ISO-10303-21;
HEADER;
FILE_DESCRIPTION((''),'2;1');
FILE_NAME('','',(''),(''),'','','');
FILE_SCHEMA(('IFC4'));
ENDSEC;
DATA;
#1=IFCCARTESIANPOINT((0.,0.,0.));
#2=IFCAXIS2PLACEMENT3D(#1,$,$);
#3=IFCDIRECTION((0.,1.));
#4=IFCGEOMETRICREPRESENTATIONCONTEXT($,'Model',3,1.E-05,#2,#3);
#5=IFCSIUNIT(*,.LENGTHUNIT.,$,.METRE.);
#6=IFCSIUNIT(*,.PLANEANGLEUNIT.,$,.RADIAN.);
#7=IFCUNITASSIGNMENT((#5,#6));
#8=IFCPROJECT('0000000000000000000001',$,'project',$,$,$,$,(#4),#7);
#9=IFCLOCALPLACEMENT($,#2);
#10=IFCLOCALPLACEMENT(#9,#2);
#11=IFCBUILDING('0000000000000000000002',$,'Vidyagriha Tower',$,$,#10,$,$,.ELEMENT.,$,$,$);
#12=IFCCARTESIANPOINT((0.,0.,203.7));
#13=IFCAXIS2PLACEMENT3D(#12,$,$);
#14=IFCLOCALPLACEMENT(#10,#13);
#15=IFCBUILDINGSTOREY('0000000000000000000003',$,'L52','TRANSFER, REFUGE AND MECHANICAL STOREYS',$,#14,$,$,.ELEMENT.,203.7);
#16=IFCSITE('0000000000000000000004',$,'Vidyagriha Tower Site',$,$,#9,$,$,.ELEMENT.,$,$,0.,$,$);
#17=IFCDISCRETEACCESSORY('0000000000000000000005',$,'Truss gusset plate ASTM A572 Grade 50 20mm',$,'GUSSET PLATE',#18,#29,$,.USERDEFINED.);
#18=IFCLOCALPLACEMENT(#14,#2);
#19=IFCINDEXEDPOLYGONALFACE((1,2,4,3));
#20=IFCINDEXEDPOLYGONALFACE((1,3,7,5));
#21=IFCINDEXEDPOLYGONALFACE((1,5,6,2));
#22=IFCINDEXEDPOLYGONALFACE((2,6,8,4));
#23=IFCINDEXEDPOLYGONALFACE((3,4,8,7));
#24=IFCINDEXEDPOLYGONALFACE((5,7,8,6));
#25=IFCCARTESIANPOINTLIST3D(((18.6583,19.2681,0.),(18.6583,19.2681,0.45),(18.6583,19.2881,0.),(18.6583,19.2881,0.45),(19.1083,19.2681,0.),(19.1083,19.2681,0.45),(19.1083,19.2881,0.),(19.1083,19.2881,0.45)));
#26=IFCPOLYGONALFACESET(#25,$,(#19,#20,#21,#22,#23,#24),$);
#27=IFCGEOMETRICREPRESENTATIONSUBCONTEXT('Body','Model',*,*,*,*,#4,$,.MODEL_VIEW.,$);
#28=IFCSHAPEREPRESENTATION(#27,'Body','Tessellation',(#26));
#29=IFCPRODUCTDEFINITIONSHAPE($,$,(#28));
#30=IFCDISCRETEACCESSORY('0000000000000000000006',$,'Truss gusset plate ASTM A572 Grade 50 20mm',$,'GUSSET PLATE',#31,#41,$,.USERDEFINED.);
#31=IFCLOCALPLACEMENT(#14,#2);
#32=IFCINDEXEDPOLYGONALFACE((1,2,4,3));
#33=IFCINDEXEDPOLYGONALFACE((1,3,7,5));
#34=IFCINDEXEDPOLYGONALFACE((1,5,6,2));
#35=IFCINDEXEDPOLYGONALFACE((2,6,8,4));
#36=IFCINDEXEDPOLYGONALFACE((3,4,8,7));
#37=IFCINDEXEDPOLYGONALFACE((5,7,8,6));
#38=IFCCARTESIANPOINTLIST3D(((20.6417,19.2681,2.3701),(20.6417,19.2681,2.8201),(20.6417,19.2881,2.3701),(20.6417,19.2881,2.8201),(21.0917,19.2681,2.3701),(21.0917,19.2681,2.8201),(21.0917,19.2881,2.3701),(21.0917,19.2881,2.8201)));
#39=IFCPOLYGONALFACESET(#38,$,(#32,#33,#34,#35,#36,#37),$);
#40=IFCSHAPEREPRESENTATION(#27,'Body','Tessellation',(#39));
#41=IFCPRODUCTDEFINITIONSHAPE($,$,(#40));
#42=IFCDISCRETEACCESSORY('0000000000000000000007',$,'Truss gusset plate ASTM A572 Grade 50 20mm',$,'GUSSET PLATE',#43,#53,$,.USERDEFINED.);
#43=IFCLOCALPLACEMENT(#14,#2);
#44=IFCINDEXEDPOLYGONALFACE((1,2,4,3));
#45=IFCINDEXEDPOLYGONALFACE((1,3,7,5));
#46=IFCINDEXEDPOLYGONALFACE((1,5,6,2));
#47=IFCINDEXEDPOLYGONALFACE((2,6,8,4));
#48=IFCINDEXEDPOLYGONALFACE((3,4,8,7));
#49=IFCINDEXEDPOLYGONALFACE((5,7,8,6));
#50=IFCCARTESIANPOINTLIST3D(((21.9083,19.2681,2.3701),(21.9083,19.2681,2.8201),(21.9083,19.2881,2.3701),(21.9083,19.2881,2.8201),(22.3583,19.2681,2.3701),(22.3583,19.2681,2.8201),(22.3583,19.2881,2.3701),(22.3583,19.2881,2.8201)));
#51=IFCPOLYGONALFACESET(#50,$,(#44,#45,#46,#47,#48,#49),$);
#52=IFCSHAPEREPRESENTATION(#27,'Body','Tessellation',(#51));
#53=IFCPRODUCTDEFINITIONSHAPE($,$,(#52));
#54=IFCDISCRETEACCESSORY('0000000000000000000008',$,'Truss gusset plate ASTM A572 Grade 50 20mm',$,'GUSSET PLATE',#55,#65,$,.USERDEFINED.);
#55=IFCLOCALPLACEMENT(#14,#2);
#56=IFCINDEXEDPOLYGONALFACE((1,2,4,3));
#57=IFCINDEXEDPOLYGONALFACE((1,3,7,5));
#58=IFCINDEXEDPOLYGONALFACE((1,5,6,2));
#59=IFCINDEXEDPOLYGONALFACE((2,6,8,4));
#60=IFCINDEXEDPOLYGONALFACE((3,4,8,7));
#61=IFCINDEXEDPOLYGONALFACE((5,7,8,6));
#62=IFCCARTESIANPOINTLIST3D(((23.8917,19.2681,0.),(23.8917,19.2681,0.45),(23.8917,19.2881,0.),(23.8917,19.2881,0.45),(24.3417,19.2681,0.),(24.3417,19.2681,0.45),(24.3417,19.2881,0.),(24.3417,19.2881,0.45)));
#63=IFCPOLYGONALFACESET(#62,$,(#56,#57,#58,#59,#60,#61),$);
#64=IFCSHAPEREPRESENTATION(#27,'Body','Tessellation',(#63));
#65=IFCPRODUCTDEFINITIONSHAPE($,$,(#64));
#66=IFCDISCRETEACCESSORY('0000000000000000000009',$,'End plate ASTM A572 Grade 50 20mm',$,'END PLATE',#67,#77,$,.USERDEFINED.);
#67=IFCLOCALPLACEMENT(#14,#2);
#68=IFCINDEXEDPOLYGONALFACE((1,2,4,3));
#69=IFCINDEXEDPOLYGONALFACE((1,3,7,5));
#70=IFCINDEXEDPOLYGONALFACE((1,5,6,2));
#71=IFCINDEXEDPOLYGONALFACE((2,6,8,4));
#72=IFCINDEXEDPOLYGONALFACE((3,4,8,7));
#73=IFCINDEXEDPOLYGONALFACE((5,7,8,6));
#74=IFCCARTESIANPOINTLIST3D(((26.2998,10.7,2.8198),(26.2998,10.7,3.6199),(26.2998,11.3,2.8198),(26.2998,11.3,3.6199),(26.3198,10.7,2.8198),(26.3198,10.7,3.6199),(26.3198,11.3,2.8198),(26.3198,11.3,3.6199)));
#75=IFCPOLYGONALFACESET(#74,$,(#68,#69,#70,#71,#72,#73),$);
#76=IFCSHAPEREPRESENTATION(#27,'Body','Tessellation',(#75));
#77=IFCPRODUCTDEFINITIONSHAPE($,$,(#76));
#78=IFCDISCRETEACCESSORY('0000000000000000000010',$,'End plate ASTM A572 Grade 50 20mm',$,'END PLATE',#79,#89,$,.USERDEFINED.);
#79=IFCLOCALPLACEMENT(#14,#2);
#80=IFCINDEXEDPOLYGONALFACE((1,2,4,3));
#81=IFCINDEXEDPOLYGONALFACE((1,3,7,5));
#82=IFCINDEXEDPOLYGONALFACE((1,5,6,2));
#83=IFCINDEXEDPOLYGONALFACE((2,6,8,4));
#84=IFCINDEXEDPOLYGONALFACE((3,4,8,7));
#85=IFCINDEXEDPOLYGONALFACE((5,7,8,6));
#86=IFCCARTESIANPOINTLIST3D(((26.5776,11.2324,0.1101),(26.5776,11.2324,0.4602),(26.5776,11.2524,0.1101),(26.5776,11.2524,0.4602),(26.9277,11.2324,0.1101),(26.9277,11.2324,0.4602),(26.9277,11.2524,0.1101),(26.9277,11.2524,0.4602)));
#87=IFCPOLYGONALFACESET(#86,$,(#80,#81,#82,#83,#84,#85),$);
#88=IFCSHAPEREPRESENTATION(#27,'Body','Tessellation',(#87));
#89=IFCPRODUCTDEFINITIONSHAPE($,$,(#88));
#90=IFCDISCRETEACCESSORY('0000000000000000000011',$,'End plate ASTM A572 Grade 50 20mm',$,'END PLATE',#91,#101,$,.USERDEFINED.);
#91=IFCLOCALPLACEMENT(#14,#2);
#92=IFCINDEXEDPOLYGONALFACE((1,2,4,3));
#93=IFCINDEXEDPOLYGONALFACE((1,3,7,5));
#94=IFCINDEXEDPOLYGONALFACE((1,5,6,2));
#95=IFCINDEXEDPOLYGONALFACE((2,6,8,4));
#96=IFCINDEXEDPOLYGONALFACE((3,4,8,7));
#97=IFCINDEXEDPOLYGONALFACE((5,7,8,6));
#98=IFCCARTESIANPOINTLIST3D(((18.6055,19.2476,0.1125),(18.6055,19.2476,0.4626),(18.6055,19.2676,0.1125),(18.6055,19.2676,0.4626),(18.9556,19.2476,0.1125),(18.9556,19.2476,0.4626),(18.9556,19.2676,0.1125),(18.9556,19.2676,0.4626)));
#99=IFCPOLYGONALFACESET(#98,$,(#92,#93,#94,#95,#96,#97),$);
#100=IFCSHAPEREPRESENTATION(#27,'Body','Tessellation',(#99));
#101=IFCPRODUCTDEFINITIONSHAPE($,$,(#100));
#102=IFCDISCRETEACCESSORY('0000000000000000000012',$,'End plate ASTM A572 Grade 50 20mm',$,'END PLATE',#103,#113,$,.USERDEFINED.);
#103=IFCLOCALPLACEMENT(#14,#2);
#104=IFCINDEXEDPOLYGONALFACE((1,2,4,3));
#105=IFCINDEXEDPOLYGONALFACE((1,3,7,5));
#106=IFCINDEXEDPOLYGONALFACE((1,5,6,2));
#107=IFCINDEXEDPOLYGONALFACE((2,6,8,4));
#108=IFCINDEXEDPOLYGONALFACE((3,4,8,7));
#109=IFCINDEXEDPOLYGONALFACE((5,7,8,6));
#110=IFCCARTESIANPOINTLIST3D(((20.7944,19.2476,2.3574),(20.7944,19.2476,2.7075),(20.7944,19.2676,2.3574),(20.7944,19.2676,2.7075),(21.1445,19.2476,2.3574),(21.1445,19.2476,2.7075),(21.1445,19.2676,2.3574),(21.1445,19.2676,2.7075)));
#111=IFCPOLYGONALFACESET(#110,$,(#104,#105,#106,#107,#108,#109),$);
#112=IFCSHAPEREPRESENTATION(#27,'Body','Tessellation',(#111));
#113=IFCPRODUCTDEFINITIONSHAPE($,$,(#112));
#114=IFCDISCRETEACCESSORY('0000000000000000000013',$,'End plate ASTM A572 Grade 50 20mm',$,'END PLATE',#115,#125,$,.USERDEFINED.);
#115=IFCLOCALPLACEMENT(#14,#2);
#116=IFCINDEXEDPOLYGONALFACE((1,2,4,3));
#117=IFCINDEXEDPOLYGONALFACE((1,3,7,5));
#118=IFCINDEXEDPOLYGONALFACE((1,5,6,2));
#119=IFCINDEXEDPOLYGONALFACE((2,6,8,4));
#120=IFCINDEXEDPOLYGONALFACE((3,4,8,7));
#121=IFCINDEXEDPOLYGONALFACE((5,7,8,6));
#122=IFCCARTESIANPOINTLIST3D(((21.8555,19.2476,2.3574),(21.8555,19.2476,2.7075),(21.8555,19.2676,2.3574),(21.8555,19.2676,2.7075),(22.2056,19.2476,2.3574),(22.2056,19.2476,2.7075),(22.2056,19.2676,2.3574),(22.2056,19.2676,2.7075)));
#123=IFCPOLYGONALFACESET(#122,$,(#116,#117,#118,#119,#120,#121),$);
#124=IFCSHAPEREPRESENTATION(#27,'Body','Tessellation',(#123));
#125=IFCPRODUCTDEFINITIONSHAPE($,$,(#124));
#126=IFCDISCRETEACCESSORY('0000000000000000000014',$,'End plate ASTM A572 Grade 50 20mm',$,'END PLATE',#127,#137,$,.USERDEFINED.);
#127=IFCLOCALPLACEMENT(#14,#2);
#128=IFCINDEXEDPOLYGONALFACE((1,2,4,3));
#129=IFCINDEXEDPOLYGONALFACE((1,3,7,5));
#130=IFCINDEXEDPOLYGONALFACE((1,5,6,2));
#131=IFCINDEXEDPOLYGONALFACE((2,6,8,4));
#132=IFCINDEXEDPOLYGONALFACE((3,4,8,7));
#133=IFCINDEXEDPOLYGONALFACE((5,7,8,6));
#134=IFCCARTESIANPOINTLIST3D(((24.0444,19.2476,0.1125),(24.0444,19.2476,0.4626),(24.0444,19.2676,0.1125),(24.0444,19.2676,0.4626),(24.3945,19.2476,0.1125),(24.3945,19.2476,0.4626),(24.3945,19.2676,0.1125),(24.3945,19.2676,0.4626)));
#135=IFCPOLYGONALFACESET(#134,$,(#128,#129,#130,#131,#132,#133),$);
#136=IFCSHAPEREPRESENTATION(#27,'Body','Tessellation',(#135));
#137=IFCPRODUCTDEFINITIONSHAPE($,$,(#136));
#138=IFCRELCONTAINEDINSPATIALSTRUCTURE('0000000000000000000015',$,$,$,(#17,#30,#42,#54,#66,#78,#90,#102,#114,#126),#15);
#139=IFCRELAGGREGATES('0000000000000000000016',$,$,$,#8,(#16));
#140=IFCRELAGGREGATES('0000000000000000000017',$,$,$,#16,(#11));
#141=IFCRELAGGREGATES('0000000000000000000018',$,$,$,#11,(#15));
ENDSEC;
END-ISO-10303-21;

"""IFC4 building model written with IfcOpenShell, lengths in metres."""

from ifc_helpers import new_model, si_unit, direction, frame, origin, origin_2d, place, context, subcontext, project, spatial, rectangle, extrude, element, save


model = new_model("IFC4")

# Units and contexts
model_context = context("Model", 3, precision=1e-05, world=origin(), true_north=direction((0.0, 1.0)))
body_context = subcontext(model_context, "Body", "Model", "MODEL_VIEW")
ifc_project = project(units=[si_unit("LENGTHUNIT", "METRE"), si_unit("PLANEANGLEUNIT", "RADIAN")], contexts=[model_context])

# Site, building, storey
site_placement = place(None, origin())
site = spatial("IfcSite", under=ifc_project, at=site_placement, Name="Vidyagriha Tower Site", CompositionType="ELEMENT", RefElevation=0.0)
building_placement = place(site_placement, origin())
building = spatial("IfcBuilding", under=site, at=building_placement, Name="Vidyagriha Tower", CompositionType="ELEMENT")
storey_placement = place(building_placement, frame((0.0, 0.0, 203.7)))
storey = spatial("IfcBuildingStorey", under=building, at=storey_placement, Name="L52", Description="TRANSFER, REFUGE AND MECHANICAL STOREYS", CompositionType="ELEMENT", Elevation=203.7)

# Discrete accessories
for number, where, name in (
    (1, (18.8833, 19.2781, 0.0), "Truss gusset plate ASTM A572 Grade 50 20mm"),
    (2, (20.8667, 19.2781, 2.3701), "Truss gusset plate ASTM A572 Grade 50 20mm"),
    (3, (22.1333, 19.2781, 2.3701), "Truss gusset plate ASTM A572 Grade 50 20mm"),
    (4, (24.1167, 19.2781, 0.0), "Truss gusset plate ASTM A572 Grade 50 20mm"),
):
    element("IfcDiscreteAccessory", number, at=place(storey_placement, frame(where)), inside=storey, Name=name, ObjectType="GUSSET PLATE", PredefinedType="USERDEFINED", context=body_context, shape_type="SweptSolid", body=[
        extrude(rectangle(XDim=0.45, YDim=0.02, at=origin_2d()), origin(), (0.0, 0.0, 1.0), 0.45),
    ])
discrete_accessory_1_placement = place(storey_placement, frame((26.3098, 11.0, 2.8198), z_axis=(0.0, 0.0, 1.0), x_axis=(-1.0, 0.0, 0.0)))
element("IfcDiscreteAccessory", 5, at=discrete_accessory_1_placement, inside=storey, Name="End plate ASTM A572 Grade 50 20mm", ObjectType="END PLATE", PredefinedType="USERDEFINED", context=body_context, shape_type="SweptSolid", body=[
    extrude(rectangle(XDim=0.02, YDim=0.6001, at=origin_2d()), origin(), (0.0, 0.0, 1.0), 0.8),
])
for number, where, z_axis, x_axis, name in (
    (6, (26.7527, 11.2424, 0.1101), (0.0, 0.0, 1.0), (-1.0, 0.0, 0.0), "End plate ASTM A572 Grade 50 20mm"),
    (7, (18.7805, 19.2576, 0.1125), (0.0, 0.0, 1.0), (-1.0, 0.0, 0.0), "End plate ASTM A572 Grade 50 20mm"),
):
    element("IfcDiscreteAccessory", number, at=place(storey_placement, frame(where, z_axis=z_axis, x_axis=x_axis)), inside=storey, Name=name, ObjectType="END PLATE", PredefinedType="USERDEFINED", context=body_context, shape_type="SweptSolid", body=[
        extrude(rectangle(XDim=0.3501, YDim=0.02, at=origin_2d()), origin(), (0.0, 0.0, 1.0), 0.3501),
    ])
discrete_accessory_2_placement = place(storey_placement, frame((20.9695, 19.2576, 2.3574)))
element("IfcDiscreteAccessory", 8, at=discrete_accessory_2_placement, inside=storey, Name="End plate ASTM A572 Grade 50 20mm", ObjectType="END PLATE", PredefinedType="USERDEFINED", context=body_context, shape_type="SweptSolid", body=[
    extrude(rectangle(XDim=0.3501, YDim=0.02, at=origin_2d()), origin(), (0.0, 0.0, 1.0), 0.3501),
])
discrete_accessory_3_placement = place(storey_placement, frame((22.0305, 19.2576, 2.3574), z_axis=(0.0, 0.0, 1.0), x_axis=(-1.0, 0.0, 0.0)))
element("IfcDiscreteAccessory", 9, at=discrete_accessory_3_placement, inside=storey, Name="End plate ASTM A572 Grade 50 20mm", ObjectType="END PLATE", PredefinedType="USERDEFINED", context=body_context, shape_type="SweptSolid", body=[
    extrude(rectangle(XDim=0.3501, YDim=0.02, at=origin_2d()), origin(), (0.0, 0.0, 1.0), 0.3501),
])
discrete_accessory_4_placement = place(storey_placement, frame((24.2195, 19.2576, 0.1125)))
element("IfcDiscreteAccessory", 10, at=discrete_accessory_4_placement, inside=storey, Name="End plate ASTM A572 Grade 50 20mm", ObjectType="END PLATE", PredefinedType="USERDEFINED", context=body_context, shape_type="SweptSolid", body=[
    extrude(rectangle(XDim=0.3501, YDim=0.02, at=origin_2d()), origin(), (0.0, 0.0, 1.0), 0.3501),
])

save(model, "model.ifc")
